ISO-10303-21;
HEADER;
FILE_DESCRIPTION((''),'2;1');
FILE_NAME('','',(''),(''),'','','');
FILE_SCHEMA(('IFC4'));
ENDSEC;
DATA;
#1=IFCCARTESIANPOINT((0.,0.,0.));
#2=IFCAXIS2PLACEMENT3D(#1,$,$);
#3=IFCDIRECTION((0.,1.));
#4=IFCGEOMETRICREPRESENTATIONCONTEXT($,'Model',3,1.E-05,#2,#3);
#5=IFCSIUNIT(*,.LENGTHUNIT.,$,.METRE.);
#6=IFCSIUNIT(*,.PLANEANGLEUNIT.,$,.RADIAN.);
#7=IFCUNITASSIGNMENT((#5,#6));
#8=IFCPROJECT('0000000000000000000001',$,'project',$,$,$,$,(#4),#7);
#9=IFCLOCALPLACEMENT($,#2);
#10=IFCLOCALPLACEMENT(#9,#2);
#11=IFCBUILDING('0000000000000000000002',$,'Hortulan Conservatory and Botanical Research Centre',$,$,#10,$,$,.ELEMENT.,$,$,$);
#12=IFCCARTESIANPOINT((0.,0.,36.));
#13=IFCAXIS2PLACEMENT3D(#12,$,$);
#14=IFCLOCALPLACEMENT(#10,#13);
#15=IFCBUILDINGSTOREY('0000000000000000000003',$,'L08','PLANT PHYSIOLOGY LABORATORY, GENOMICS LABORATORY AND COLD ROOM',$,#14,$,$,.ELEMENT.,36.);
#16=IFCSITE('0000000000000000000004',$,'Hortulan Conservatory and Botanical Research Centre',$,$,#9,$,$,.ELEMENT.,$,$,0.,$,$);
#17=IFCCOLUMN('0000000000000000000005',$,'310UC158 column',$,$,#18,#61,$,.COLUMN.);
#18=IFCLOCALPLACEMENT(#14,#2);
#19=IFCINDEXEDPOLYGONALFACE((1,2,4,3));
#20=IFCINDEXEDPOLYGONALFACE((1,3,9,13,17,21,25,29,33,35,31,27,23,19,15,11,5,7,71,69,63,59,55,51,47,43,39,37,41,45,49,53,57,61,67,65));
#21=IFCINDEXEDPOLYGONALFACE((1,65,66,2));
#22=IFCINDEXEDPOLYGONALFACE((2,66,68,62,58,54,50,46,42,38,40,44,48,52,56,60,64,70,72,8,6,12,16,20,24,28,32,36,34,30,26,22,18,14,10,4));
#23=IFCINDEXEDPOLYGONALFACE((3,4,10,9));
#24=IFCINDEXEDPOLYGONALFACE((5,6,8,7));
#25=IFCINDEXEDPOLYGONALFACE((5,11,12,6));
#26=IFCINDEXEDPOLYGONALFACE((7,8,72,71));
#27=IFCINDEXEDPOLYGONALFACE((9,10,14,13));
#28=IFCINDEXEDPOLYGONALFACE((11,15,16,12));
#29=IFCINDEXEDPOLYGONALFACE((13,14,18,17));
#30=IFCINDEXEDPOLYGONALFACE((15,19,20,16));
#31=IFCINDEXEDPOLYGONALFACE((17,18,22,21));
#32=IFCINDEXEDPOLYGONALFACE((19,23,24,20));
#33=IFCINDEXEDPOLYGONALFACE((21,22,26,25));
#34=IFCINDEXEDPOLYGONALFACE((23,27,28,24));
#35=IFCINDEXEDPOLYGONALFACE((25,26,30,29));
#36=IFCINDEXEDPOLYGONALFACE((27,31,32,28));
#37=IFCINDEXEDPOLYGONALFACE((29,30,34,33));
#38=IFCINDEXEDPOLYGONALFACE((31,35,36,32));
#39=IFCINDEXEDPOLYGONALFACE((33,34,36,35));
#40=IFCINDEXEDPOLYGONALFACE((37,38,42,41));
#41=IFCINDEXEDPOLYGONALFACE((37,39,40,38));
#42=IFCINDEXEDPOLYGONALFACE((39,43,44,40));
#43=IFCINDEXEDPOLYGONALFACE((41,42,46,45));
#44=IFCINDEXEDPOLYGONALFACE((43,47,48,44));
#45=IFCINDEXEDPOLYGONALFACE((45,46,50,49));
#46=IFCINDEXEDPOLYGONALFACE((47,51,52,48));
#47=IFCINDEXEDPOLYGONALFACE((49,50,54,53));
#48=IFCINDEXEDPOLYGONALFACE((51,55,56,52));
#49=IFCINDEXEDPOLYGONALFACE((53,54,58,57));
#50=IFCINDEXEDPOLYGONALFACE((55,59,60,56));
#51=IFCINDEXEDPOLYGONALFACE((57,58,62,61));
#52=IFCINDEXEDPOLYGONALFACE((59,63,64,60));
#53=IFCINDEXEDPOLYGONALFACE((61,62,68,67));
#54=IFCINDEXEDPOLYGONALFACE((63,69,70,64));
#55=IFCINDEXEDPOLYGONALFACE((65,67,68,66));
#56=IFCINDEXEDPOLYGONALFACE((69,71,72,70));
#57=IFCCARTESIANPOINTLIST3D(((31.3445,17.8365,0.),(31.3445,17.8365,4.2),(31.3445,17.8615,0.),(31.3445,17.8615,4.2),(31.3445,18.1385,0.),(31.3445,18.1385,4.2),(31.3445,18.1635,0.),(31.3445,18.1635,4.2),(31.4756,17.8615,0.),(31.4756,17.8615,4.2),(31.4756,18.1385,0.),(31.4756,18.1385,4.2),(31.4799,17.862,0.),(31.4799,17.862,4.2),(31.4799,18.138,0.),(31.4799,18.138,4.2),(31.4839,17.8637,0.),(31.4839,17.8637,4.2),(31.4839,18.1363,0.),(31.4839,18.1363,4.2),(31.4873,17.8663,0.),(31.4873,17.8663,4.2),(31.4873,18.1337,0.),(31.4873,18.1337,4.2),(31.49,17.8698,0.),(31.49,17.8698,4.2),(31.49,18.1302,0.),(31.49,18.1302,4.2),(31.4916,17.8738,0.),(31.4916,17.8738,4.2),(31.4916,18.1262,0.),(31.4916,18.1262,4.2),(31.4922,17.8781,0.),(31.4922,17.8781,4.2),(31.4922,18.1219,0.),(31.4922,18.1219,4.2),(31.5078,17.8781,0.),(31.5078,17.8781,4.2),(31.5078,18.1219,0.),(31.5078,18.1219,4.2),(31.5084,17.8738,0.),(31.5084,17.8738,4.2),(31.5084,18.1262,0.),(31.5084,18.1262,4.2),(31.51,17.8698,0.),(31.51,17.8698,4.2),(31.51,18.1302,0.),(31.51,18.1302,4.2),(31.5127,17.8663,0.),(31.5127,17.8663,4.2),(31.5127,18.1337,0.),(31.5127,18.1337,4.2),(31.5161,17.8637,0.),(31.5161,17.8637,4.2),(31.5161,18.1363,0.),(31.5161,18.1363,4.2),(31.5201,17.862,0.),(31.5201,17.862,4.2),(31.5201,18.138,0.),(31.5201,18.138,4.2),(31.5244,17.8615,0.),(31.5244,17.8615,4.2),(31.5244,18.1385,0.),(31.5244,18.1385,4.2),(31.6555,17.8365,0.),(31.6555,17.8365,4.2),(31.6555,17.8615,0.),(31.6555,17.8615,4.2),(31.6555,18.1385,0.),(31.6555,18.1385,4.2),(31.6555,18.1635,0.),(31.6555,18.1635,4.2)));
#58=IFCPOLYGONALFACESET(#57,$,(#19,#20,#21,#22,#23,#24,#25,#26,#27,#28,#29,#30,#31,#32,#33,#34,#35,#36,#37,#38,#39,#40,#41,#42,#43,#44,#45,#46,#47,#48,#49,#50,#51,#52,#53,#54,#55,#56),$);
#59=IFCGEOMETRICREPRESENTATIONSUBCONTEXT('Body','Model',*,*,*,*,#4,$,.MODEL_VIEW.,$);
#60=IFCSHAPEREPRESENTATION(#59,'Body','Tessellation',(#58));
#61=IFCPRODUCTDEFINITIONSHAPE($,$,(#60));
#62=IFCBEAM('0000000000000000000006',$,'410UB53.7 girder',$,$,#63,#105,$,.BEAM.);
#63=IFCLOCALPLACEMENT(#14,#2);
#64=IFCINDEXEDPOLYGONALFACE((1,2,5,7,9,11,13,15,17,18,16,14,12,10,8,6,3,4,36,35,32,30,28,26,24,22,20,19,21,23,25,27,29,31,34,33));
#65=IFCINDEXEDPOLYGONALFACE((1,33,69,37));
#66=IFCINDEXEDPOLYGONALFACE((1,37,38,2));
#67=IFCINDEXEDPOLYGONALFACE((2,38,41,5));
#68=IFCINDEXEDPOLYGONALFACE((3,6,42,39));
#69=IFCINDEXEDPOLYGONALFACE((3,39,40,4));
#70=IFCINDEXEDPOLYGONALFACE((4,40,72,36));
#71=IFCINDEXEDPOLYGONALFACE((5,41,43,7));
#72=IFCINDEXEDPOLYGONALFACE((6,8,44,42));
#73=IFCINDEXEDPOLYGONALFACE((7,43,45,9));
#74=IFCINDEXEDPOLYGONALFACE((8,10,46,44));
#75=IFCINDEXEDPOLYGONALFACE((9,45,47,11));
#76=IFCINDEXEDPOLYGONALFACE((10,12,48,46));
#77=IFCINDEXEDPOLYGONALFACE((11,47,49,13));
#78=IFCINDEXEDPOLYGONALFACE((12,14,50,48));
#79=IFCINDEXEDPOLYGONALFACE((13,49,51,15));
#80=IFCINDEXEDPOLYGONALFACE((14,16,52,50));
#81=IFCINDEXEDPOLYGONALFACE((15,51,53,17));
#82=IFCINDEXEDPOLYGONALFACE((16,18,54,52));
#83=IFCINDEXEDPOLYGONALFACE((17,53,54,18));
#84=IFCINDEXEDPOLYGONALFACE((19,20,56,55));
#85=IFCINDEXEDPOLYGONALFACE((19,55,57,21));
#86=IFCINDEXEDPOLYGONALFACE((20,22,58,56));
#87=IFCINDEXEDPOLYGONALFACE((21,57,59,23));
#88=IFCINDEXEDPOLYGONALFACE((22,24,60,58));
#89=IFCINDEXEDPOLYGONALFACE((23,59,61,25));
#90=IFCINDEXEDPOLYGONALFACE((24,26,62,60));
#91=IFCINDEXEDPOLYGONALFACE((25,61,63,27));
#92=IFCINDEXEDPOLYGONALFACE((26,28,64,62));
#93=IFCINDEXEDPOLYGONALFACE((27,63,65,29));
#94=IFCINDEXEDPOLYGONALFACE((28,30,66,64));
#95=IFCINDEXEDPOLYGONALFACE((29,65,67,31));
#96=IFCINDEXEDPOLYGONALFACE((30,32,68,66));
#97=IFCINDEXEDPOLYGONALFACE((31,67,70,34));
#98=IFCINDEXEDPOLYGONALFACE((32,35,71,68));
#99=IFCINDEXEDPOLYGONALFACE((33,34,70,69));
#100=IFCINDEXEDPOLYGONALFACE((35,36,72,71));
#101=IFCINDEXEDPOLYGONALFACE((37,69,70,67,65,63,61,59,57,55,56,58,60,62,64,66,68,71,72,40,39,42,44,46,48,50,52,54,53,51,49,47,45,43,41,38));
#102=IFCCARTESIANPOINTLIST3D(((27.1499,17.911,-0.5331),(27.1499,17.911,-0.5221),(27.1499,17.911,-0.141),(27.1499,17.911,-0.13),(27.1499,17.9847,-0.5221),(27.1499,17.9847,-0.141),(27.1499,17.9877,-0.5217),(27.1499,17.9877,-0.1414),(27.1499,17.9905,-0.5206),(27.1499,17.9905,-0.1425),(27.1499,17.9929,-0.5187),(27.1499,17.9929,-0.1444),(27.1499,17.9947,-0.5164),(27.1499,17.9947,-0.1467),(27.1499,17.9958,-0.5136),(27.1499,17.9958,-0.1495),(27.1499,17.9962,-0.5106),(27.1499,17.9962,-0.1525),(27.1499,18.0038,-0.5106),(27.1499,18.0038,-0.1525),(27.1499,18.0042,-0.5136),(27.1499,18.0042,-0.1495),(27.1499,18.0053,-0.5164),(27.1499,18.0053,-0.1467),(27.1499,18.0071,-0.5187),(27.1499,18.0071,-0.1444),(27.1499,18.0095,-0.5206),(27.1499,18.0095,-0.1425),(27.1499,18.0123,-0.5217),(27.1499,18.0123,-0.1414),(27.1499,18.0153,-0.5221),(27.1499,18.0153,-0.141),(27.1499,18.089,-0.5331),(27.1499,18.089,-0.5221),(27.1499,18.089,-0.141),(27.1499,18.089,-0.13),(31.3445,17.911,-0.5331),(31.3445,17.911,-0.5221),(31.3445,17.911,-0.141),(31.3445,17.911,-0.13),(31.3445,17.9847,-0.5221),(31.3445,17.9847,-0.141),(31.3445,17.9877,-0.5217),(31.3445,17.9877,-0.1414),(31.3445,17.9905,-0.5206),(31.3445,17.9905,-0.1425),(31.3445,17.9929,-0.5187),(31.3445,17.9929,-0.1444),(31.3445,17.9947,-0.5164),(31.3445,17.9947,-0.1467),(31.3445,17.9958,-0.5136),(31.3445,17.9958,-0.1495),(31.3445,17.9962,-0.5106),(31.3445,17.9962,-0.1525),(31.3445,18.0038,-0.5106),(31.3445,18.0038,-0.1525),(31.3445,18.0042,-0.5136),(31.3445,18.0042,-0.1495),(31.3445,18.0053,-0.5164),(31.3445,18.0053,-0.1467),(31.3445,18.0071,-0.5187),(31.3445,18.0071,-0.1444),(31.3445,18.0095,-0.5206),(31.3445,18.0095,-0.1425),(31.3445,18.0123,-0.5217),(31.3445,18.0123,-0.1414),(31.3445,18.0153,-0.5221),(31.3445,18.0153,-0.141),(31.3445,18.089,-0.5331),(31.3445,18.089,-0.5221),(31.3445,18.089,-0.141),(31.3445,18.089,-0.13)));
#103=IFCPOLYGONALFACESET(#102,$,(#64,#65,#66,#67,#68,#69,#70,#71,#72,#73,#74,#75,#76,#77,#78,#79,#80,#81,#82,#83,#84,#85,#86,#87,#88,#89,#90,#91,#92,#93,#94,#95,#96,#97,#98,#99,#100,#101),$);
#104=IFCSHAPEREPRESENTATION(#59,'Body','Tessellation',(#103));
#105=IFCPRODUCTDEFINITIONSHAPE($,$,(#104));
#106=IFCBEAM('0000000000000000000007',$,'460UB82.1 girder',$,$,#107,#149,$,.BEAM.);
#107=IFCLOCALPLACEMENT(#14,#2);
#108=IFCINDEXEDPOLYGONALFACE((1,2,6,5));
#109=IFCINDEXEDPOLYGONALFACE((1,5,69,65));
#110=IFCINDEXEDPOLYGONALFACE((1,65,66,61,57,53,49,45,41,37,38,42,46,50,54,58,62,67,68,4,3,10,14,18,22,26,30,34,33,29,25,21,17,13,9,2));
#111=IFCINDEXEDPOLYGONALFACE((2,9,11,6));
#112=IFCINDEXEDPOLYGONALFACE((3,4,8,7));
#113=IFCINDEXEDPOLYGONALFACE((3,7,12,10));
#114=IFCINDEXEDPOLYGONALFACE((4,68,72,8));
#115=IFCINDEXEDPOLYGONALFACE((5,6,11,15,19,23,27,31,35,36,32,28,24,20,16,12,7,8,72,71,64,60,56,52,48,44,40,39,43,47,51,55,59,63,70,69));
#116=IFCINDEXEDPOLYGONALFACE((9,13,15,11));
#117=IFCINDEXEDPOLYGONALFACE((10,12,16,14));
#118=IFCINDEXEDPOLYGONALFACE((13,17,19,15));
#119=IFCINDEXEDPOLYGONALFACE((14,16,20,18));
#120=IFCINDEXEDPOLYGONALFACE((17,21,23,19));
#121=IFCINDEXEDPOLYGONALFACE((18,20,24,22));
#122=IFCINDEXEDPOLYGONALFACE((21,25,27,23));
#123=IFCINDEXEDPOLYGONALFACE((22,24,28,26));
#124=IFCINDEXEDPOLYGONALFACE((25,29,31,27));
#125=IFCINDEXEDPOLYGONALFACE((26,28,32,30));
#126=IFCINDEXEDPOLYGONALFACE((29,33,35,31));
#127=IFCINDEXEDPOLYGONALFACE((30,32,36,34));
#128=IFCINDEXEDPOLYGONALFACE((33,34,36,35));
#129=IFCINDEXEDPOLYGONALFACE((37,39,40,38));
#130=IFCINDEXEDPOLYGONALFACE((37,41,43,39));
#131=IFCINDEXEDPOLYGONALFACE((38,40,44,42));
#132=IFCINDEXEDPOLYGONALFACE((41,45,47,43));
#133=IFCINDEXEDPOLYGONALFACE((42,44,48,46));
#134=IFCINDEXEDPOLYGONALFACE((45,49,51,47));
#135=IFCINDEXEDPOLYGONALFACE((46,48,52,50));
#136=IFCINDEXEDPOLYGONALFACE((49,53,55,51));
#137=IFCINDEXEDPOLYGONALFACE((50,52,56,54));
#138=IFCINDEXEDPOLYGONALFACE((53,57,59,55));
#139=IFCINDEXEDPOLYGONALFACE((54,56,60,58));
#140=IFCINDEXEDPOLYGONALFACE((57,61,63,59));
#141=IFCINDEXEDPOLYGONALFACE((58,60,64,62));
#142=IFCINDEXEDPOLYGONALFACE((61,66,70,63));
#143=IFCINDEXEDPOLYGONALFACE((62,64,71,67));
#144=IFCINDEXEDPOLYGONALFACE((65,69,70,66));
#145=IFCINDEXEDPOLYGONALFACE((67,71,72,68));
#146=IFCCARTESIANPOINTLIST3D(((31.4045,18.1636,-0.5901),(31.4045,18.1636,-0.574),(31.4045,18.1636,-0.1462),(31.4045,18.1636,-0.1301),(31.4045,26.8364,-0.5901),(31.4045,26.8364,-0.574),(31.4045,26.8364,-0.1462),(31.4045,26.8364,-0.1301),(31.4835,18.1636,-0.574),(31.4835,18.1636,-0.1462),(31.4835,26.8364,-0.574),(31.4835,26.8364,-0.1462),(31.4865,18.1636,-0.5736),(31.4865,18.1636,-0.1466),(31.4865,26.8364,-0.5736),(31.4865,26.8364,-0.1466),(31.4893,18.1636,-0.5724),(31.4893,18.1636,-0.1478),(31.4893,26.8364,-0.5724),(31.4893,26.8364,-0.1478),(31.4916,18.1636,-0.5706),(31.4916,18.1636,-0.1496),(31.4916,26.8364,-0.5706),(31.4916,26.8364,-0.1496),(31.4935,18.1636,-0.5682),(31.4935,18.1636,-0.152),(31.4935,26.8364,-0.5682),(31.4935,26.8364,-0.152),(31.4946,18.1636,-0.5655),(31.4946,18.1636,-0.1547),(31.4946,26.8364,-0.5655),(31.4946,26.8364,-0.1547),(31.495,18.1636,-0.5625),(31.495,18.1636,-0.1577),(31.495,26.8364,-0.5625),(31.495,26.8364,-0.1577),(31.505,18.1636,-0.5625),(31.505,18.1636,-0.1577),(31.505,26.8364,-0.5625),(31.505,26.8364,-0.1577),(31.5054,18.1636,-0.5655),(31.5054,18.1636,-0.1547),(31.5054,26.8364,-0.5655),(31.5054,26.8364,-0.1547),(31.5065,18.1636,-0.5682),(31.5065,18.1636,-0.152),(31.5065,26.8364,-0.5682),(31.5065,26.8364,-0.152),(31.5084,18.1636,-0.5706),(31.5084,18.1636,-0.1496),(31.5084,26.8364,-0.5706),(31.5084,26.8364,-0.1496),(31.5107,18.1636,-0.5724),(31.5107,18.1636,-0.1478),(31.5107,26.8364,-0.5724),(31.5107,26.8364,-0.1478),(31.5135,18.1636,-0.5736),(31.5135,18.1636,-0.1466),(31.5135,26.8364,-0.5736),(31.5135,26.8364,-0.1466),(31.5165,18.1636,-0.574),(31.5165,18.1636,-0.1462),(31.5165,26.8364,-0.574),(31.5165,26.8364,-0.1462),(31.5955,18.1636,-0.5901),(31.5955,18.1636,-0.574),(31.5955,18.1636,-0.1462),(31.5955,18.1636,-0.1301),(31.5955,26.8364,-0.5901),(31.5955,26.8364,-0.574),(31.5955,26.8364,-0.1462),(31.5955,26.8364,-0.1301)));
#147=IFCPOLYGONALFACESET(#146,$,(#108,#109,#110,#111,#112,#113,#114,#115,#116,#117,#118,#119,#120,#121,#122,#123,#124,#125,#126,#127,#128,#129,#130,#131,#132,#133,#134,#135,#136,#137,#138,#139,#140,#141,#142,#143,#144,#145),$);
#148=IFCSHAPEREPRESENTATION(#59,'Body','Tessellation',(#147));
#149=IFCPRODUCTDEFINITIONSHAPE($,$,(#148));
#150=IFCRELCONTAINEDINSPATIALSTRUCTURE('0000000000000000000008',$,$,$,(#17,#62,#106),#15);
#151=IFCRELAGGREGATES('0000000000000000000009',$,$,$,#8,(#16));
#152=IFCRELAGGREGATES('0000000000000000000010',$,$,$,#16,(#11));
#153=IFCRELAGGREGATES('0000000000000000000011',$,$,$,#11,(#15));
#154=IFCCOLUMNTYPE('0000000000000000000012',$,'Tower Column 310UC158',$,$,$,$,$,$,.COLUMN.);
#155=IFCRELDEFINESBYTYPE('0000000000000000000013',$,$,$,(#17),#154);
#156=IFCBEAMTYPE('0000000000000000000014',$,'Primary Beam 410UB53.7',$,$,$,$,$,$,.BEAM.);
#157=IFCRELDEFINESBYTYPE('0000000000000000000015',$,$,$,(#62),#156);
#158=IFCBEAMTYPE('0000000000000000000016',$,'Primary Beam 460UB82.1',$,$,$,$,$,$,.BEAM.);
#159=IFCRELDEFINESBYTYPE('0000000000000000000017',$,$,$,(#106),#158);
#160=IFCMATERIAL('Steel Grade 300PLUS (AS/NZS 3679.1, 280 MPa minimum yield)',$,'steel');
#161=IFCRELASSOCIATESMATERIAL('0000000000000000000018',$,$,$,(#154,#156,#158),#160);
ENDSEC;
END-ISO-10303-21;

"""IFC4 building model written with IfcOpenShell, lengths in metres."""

from ifc_helpers import new_model, si_unit, direction, frame, origin, origin_2d, place, context, subcontext, project, spatial, i_section, extrude, material, material_profile, profile_set, type_object, element, save


model = new_model("IFC4")

# Units and contexts
model_context = context("Model", 3, precision=1e-05, world=origin(), true_north=direction((0.0, 1.0)))
body_context = subcontext(model_context, "Body", "Model", "MODEL_VIEW")
ifc_project = project(units=[si_unit("LENGTHUNIT", "METRE"), si_unit("PLANEANGLEUNIT", "RADIAN")], contexts=[model_context])

# Site, building, storey
site_placement = place(None, origin())
site = spatial("IfcSite", under=ifc_project, at=site_placement, Name="Hortulan Conservatory and Botanical Research Centre", CompositionType="ELEMENT", RefElevation=0.0)
building_placement = place(site_placement, origin())
building = spatial("IfcBuilding", under=site, at=building_placement, Name="Hortulan Conservatory and Botanical Research Centre", CompositionType="ELEMENT")
storey_placement = place(building_placement, frame((0.0, 0.0, 36.0)))
storey = spatial("IfcBuildingStorey", under=building, at=storey_placement, Name="L08", Description="PLANT PHYSIOLOGY LABORATORY, GENOMICS LABORATORY AND COLD ROOM", CompositionType="ELEMENT", Elevation=36.0)

# Column
ifc_material_1 = material(Name="Steel Grade 300PLUS (AS/NZS 3679.1, 280 MPa minimum yield)", Category="steel")
ifc_material_profile_1 = material_profile(ifc_material_1, i_section(OverallWidth=0.311, OverallDepth=0.3269, WebThickness=0.0156, FlangeThickness=0.0249, FilletRadius=0.0166, at=origin_2d()), Name="310UC158")
ifc_profile_set_1 = profile_set([ifc_material_profile_1], Name="Steel Grade 300PLUS (AS/NZS 3679.1, 280 MPa minimum yield)")
column_type = type_object("IfcColumnType", Name="Tower Column 310UC158", PredefinedType="COLUMN", material=ifc_profile_set_1)
column_placement = place(storey_placement, frame((31.5, 18.0, 0.0), z_axis=(0.0, 0.0, 1.0), x_axis=(1.0, 0.0, 0.0)))
element("IfcColumn", 1, at=column_placement, inside=storey, type_object=column_type, Name="310UC158 column", PredefinedType="COLUMN", context=body_context, shape_type="SweptSolid", body=[
    extrude(i_section(OverallWidth=0.311, OverallDepth=0.3269, WebThickness=0.0156, FlangeThickness=0.0249, FilletRadius=0.0166, at=origin_2d()), origin(), (0.0, 0.0, 1.0), 4.2),
])

# Beams
ifc_material_profile_2 = material_profile(ifc_material_1, i_section(OverallWidth=0.178, OverallDepth=0.4031, WebThickness=0.0076, FlangeThickness=0.011, FilletRadius=0.0115, at=origin_2d()), Name="410UB53.7")
ifc_profile_set_2 = profile_set([ifc_material_profile_2], Name="Steel Grade 300PLUS (AS/NZS 3679.1, 280 MPa minimum yield)")
beam_type_1 = type_object("IfcBeamType", Name="Primary Beam 410UB53.7", PredefinedType="BEAM", material=ifc_profile_set_2)
beam_1_placement = place(storey_placement, frame((27.1499, 18.0, -0.3315), z_axis=(1.0, 0.0, 0.0), x_axis=(0.0, 1.0, 0.0)))
element("IfcBeam", 2, at=beam_1_placement, inside=storey, type_object=beam_type_1, Name="410UB53.7 girder", PredefinedType="BEAM", context=body_context, shape_type="SweptSolid", body=[
    extrude(i_section(OverallWidth=0.178, OverallDepth=0.4031, WebThickness=0.0076, FlangeThickness=0.011, FilletRadius=0.0115, at=origin_2d()), origin(), (0.0, 0.0, 1.0), 4.1946),
])
ifc_material_profile_3 = material_profile(ifc_material_1, i_section(OverallWidth=0.1909, OverallDepth=0.46, WebThickness=0.01, FlangeThickness=0.0161, FilletRadius=0.0115, at=origin_2d()), Name="460UB82.1")
ifc_profile_set_3 = profile_set([ifc_material_profile_3], Name="Steel Grade 300PLUS (AS/NZS 3679.1, 280 MPa minimum yield)")
beam_type_2 = type_object("IfcBeamType", Name="Primary Beam 460UB82.1", PredefinedType="BEAM", material=ifc_profile_set_3)
beam_2_placement = place(storey_placement, frame((31.5, 18.1636, -0.3601), z_axis=(0.0, 1.0, 0.0), x_axis=(-1.0, 0.0, 0.0)))
element("IfcBeam", 3, at=beam_2_placement, inside=storey, type_object=beam_type_2, Name="460UB82.1 girder", PredefinedType="BEAM", context=body_context, shape_type="SweptSolid", body=[
    extrude(i_section(OverallWidth=0.1909, OverallDepth=0.46, WebThickness=0.01, FlangeThickness=0.0161, FilletRadius=0.0115, at=origin_2d()), origin(), (0.0, 0.0, 1.0), 8.6729),
])

save(model, "model.ifc")
